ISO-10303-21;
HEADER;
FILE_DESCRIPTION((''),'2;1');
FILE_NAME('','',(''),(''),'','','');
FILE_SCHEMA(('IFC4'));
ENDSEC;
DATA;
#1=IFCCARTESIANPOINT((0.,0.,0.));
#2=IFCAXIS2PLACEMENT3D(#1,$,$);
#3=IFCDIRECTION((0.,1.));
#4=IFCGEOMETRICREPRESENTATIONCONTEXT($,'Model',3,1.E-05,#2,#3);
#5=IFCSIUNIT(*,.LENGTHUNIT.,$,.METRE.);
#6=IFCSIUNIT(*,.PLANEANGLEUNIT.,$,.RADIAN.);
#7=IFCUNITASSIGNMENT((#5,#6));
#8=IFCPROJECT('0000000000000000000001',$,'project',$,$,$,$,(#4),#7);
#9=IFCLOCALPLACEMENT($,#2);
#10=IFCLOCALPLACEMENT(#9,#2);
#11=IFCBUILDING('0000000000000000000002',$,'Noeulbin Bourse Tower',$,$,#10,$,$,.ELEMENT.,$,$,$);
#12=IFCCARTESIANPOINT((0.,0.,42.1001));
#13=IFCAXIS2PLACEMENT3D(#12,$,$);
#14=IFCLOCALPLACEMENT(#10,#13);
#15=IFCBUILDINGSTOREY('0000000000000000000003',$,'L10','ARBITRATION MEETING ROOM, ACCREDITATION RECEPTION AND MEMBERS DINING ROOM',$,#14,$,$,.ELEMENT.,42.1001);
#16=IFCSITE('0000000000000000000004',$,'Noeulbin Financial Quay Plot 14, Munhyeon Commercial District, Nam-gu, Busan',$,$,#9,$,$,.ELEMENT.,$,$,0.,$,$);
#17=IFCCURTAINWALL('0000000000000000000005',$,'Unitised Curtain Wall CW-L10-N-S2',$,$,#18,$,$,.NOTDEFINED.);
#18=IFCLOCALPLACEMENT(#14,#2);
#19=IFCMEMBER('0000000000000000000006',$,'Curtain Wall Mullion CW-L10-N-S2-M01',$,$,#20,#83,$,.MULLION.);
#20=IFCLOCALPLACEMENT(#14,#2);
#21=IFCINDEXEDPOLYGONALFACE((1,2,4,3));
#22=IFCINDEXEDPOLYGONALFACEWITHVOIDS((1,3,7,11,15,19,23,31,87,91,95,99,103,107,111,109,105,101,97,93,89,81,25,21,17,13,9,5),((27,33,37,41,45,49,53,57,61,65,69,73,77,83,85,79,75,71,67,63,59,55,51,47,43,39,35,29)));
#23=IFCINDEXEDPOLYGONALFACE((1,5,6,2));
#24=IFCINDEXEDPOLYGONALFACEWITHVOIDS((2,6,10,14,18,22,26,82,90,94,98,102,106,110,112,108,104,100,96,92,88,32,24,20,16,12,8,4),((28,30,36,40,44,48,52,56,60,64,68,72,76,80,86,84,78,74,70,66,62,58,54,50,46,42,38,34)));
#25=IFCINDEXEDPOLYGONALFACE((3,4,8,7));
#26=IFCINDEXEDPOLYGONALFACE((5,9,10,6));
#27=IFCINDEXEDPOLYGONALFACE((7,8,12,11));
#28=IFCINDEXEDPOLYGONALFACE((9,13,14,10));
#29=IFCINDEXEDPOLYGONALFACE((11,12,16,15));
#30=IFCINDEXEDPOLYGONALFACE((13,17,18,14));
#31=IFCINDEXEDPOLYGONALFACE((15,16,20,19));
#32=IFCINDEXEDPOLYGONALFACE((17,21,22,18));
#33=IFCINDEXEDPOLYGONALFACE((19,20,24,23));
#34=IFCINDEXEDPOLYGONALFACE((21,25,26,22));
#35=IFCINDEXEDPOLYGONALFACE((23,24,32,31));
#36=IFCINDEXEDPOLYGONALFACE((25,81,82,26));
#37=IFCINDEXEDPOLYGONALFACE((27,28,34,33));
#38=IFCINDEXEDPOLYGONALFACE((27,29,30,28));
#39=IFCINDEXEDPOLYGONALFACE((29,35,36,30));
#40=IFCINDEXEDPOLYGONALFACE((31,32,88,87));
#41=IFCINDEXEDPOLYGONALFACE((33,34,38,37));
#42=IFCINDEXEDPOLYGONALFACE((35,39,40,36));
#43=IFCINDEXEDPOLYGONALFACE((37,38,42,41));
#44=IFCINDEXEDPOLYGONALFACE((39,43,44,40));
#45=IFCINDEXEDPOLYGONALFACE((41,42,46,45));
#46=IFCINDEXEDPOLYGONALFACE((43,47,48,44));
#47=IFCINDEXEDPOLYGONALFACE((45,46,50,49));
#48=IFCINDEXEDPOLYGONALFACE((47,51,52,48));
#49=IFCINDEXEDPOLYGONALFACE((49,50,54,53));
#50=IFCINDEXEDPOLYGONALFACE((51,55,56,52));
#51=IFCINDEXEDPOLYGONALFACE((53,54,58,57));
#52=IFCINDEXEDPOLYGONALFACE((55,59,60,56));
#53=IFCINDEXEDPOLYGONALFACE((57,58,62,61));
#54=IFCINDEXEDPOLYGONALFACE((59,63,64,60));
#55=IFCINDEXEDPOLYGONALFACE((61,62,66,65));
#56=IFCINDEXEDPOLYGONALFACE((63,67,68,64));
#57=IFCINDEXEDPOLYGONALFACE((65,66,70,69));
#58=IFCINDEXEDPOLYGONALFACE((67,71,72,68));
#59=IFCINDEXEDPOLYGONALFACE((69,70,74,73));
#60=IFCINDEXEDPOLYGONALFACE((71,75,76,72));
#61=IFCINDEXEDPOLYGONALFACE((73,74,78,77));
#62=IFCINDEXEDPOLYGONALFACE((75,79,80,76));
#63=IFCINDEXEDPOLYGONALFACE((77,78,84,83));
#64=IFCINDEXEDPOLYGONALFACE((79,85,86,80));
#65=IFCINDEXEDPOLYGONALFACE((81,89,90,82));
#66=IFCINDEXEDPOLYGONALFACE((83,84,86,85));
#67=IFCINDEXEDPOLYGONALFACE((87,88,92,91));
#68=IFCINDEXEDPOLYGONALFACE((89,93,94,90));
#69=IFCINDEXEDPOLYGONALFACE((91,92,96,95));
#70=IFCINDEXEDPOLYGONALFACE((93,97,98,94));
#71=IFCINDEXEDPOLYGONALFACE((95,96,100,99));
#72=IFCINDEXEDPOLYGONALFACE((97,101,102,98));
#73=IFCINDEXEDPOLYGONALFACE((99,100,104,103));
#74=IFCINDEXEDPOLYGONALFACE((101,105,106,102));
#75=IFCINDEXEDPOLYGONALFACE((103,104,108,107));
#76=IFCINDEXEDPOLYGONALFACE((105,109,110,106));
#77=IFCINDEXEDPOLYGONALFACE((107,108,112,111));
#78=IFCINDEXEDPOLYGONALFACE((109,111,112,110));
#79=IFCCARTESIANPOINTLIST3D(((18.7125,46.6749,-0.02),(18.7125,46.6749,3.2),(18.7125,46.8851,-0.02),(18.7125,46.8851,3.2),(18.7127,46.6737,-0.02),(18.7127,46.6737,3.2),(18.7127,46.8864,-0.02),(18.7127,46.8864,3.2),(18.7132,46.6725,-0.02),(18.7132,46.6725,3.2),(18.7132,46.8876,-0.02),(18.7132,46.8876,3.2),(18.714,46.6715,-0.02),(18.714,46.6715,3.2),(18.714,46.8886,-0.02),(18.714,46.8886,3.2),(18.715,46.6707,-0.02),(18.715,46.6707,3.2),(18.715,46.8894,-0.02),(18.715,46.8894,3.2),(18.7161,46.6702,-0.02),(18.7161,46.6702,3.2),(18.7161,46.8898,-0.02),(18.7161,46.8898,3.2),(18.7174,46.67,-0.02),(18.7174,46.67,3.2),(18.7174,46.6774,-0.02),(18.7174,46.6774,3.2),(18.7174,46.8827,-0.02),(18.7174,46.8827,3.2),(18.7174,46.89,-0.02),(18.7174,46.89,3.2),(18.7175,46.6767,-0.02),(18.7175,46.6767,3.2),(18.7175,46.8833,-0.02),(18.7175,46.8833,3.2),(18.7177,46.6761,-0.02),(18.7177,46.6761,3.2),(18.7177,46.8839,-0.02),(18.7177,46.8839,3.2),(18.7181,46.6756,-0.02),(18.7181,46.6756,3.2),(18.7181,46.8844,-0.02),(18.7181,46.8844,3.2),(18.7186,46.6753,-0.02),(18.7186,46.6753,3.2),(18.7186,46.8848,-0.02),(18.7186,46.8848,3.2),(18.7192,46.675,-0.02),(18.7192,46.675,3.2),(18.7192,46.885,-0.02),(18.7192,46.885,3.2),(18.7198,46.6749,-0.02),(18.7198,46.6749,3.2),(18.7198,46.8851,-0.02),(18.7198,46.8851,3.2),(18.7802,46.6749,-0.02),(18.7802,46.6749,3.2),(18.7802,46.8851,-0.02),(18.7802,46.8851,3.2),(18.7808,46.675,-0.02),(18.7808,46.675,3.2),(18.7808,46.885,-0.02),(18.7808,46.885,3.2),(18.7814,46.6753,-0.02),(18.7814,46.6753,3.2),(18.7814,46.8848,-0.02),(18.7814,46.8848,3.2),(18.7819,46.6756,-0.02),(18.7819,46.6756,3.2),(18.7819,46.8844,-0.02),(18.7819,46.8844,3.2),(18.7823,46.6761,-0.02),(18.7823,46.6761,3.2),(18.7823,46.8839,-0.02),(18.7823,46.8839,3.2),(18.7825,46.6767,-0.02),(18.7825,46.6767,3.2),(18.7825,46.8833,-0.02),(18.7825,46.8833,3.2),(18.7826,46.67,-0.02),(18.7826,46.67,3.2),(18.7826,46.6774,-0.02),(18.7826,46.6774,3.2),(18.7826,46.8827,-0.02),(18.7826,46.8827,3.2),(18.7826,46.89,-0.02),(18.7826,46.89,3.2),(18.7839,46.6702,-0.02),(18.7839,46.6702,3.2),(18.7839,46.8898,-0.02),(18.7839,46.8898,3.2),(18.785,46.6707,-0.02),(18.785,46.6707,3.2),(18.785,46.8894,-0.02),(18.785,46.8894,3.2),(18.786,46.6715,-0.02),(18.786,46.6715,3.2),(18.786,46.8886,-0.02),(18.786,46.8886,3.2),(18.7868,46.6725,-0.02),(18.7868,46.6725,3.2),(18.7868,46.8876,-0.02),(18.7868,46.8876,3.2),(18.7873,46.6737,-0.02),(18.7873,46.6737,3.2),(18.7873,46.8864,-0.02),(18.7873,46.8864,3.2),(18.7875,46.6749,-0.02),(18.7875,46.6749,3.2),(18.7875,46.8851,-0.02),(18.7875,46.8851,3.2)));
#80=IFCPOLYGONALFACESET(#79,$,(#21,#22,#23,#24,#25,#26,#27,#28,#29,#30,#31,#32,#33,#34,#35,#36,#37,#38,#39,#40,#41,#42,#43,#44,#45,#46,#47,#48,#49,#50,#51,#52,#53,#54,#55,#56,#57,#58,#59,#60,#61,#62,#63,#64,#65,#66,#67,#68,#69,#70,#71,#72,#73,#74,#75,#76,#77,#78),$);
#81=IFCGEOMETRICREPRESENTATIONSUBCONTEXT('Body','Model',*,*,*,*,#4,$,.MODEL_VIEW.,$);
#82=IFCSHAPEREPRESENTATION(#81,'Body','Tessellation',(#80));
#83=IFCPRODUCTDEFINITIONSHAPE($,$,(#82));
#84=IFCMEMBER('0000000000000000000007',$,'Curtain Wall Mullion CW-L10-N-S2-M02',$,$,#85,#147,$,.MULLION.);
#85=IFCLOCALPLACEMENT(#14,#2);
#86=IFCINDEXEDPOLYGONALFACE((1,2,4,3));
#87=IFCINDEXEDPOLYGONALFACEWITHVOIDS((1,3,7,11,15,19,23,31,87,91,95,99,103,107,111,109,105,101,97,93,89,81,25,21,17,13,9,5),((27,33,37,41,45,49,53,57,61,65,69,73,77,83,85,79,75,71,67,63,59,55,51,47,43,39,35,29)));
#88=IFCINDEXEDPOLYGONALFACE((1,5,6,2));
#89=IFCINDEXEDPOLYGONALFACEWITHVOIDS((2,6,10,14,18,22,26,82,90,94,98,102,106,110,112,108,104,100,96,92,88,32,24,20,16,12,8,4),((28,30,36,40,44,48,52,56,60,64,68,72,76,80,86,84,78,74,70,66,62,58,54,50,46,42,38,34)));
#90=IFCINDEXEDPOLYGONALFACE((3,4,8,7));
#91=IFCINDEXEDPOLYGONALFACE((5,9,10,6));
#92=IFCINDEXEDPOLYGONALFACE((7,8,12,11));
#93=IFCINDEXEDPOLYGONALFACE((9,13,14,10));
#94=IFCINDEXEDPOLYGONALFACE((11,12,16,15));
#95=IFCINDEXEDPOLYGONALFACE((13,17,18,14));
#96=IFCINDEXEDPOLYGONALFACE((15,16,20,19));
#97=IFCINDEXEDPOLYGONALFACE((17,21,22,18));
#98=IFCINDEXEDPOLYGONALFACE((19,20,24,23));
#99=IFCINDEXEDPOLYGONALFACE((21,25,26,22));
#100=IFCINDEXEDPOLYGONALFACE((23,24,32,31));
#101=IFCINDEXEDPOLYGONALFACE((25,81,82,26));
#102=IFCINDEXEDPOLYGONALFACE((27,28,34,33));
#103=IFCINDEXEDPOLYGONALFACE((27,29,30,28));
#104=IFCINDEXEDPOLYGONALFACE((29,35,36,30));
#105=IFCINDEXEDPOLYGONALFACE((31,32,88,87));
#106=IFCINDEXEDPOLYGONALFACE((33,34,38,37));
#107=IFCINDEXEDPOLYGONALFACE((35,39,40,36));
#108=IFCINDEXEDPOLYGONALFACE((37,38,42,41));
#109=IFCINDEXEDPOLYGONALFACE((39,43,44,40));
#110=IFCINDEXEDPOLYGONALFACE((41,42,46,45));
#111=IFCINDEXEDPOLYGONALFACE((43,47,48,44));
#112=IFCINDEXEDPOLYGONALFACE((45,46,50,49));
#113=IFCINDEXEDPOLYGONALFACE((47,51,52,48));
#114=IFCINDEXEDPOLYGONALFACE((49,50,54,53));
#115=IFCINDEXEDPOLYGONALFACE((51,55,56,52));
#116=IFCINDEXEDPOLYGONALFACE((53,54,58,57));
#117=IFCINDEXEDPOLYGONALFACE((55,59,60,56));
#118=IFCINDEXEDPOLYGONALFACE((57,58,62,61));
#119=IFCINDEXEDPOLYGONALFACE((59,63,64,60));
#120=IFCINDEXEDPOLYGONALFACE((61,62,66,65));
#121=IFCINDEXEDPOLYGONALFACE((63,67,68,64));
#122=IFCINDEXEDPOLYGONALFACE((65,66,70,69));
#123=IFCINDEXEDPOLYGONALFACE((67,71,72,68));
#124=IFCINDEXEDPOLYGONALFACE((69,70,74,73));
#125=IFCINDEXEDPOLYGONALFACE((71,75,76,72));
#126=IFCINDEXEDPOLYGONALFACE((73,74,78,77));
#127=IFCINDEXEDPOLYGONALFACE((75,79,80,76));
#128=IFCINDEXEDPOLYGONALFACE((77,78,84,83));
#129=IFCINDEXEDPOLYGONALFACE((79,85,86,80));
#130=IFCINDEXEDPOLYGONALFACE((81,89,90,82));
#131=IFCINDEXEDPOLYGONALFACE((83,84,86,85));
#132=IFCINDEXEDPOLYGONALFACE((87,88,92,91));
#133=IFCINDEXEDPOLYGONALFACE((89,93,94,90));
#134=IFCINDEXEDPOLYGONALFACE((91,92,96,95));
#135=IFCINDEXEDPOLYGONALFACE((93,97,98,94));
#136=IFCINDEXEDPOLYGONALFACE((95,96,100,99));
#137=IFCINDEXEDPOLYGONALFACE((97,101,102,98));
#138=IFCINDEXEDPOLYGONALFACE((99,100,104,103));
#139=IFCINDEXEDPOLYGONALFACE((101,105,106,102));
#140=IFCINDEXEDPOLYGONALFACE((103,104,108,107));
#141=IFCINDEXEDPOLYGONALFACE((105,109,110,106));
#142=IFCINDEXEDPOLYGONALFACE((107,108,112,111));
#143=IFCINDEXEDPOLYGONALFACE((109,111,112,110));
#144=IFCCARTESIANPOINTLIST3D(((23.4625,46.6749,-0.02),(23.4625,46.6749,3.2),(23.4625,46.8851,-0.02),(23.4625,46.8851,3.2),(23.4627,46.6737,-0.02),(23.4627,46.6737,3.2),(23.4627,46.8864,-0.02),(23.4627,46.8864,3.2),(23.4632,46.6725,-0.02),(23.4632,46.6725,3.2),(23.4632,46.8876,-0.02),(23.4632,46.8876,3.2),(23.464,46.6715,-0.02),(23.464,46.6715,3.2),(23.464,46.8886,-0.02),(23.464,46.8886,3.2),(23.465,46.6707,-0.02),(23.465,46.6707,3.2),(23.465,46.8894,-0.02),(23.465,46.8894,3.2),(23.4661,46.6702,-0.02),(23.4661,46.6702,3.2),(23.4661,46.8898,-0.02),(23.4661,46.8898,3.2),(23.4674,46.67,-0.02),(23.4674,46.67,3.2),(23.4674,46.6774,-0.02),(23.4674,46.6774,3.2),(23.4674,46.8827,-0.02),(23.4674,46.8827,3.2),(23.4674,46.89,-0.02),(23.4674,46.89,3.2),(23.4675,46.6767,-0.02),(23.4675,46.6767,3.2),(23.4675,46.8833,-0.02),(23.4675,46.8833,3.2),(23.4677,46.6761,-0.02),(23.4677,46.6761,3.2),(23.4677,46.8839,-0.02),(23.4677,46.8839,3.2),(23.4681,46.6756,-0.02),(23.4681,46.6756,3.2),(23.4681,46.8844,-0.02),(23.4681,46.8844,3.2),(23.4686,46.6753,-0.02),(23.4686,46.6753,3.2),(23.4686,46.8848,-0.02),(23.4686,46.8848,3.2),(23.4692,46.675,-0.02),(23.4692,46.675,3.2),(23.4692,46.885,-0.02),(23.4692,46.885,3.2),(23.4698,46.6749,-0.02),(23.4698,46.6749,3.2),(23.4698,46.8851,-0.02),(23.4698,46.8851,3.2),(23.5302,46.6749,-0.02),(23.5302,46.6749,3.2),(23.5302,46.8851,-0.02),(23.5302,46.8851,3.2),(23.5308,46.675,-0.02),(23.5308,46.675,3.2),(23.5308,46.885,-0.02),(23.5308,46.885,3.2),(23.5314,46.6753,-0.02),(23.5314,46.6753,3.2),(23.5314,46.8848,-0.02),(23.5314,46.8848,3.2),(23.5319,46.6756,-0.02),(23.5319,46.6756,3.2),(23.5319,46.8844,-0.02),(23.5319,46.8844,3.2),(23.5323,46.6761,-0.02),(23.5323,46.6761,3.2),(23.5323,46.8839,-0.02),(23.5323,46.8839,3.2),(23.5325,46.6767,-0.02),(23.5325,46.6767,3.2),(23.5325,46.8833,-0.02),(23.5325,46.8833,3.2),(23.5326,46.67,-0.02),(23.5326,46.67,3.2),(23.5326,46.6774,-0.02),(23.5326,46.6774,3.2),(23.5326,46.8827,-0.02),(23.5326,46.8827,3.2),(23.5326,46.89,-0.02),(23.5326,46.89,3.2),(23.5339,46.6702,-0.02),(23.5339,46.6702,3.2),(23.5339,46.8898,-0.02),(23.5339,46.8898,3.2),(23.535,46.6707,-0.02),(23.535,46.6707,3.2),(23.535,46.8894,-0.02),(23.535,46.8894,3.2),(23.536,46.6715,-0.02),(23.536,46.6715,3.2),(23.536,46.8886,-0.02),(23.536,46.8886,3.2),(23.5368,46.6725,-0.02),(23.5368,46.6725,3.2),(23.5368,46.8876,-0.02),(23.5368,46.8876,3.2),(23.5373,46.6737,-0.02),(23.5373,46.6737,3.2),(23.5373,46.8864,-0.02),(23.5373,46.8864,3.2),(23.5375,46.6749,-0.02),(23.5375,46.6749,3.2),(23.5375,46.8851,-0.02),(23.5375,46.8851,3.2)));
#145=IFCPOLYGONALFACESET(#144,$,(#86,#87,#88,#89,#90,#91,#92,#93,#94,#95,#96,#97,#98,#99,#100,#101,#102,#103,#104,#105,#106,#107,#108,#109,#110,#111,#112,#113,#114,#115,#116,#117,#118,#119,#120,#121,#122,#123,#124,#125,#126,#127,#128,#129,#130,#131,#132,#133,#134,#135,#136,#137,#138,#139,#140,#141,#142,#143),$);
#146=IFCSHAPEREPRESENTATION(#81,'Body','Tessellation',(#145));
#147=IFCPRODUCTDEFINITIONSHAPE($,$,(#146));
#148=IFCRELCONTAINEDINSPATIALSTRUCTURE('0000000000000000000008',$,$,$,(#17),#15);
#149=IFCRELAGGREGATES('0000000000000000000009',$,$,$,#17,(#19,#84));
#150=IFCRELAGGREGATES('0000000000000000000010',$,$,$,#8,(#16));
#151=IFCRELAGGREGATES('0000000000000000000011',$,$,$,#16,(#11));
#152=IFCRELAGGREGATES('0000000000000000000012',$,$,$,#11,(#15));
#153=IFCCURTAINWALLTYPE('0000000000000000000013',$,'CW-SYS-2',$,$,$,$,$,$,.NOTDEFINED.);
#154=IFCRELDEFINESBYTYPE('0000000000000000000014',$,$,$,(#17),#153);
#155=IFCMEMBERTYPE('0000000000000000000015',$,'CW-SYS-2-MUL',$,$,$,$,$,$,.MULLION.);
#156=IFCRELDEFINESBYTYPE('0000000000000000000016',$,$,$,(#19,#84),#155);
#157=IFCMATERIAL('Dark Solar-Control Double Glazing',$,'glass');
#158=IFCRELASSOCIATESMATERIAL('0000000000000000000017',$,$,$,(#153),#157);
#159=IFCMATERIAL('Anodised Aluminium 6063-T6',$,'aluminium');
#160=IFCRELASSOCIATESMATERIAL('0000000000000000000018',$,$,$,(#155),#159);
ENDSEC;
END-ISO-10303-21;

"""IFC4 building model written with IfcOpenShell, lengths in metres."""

from ifc_helpers import new_model, si_unit, direction, frame, origin, origin_2d, place, context, subcontext, project, spatial, hollow_rectangle, extrude, material, material_profile, profile_set, type_object, element, aggregate, save


model = new_model("IFC4")

# Units and contexts
model_context = context("Model", 3, precision=1e-05, world=origin(), true_north=direction((0.0, 1.0)))
body_context = subcontext(model_context, "Body", "Model", "MODEL_VIEW")
ifc_project = project(units=[si_unit("LENGTHUNIT", "METRE"), si_unit("PLANEANGLEUNIT", "RADIAN")], contexts=[model_context])

# Site, building, storey
site_placement = place(None, origin())
site = spatial("IfcSite", under=ifc_project, at=site_placement, Name="Noeulbin Financial Quay Plot 14, Munhyeon Commercial District, Nam-gu, Busan", CompositionType="ELEMENT", RefElevation=0.0)
building_placement = place(site_placement, origin())
building = spatial("IfcBuilding", under=site, at=building_placement, Name="Noeulbin Bourse Tower", CompositionType="ELEMENT")
storey_placement = place(building_placement, frame((0.0, 0.0, 42.1001)))
storey = spatial("IfcBuildingStorey", under=building, at=storey_placement, Name="L10", Description="ARBITRATION MEETING ROOM, ACCREDITATION RECEPTION AND MEMBERS DINING ROOM", CompositionType="ELEMENT", Elevation=42.1001)

# Curtain wall, members
ifc_material_1 = material(Name="Dark Solar-Control Double Glazing", Category="glass")
curtain_wall_type = type_object("IfcCurtainWallType", Name="CW-SYS-2", PredefinedType="NOTDEFINED", material=ifc_material_1)
curtain_wall_1_placement = place(storey_placement, origin())
curtain_wall_1 = element("IfcCurtainWall", 1, at=curtain_wall_1_placement, inside=storey, type_object=curtain_wall_type, Name="Unitised Curtain Wall CW-L10-N-S2", PredefinedType="NOTDEFINED")
ifc_material_2 = material(Name="Anodised Aluminium 6063-T6", Category="aluminium")
ifc_material_profile_1 = material_profile(ifc_material_2, hollow_rectangle(XDim=0.075, YDim=0.22, WallThickness=0.0049, InnerFilletRadius=0.0024, OuterFilletRadius=0.0049, at=origin_2d()), Name="ALU-MULL-75x220x5", Category="LoadBearing")
ifc_profile_set_1 = profile_set([ifc_material_profile_1], Name="Anodised Aluminium 6063-T6")
member_type_1 = type_object("IfcMemberType", Name="CW-SYS-2-MUL", PredefinedType="MULLION", material=ifc_profile_set_1)
member_1_placement = place(storey_placement, frame((18.75, 46.78, -0.02), z_axis=(0.0, 0.0, 1.0), x_axis=(1.0, 0.0, 0.0)))
member_1 = element("IfcMember", 2, at=member_1_placement, type_object=member_type_1, Name="Curtain Wall Mullion CW-L10-N-S2-M01", PredefinedType="MULLION", context=body_context, shape_type="SweptSolid", body=[
    extrude(hollow_rectangle(XDim=0.075, YDim=0.22, WallThickness=0.0049, InnerFilletRadius=0.0024, OuterFilletRadius=0.0049, at=origin_2d()), origin(), (0.0, 0.0, 1.0), 3.22),
])
member_2_placement = place(storey_placement, frame((23.5, 46.78, -0.02), z_axis=(0.0, 0.0, 1.0), x_axis=(1.0, 0.0, 0.0)))
member_2 = element("IfcMember", 3, at=member_2_placement, type_object=member_type_1, Name="Curtain Wall Mullion CW-L10-N-S2-M02", PredefinedType="MULLION", context=body_context, shape_type="SweptSolid", body=[
    extrude(hollow_rectangle(XDim=0.075, YDim=0.22, WallThickness=0.0049, InnerFilletRadius=0.0024, OuterFilletRadius=0.0049, at=origin_2d()), origin(), (0.0, 0.0, 1.0), 3.22),
])

aggregate(curtain_wall_1, [member_1, member_2])

save(model, "model.ifc")
